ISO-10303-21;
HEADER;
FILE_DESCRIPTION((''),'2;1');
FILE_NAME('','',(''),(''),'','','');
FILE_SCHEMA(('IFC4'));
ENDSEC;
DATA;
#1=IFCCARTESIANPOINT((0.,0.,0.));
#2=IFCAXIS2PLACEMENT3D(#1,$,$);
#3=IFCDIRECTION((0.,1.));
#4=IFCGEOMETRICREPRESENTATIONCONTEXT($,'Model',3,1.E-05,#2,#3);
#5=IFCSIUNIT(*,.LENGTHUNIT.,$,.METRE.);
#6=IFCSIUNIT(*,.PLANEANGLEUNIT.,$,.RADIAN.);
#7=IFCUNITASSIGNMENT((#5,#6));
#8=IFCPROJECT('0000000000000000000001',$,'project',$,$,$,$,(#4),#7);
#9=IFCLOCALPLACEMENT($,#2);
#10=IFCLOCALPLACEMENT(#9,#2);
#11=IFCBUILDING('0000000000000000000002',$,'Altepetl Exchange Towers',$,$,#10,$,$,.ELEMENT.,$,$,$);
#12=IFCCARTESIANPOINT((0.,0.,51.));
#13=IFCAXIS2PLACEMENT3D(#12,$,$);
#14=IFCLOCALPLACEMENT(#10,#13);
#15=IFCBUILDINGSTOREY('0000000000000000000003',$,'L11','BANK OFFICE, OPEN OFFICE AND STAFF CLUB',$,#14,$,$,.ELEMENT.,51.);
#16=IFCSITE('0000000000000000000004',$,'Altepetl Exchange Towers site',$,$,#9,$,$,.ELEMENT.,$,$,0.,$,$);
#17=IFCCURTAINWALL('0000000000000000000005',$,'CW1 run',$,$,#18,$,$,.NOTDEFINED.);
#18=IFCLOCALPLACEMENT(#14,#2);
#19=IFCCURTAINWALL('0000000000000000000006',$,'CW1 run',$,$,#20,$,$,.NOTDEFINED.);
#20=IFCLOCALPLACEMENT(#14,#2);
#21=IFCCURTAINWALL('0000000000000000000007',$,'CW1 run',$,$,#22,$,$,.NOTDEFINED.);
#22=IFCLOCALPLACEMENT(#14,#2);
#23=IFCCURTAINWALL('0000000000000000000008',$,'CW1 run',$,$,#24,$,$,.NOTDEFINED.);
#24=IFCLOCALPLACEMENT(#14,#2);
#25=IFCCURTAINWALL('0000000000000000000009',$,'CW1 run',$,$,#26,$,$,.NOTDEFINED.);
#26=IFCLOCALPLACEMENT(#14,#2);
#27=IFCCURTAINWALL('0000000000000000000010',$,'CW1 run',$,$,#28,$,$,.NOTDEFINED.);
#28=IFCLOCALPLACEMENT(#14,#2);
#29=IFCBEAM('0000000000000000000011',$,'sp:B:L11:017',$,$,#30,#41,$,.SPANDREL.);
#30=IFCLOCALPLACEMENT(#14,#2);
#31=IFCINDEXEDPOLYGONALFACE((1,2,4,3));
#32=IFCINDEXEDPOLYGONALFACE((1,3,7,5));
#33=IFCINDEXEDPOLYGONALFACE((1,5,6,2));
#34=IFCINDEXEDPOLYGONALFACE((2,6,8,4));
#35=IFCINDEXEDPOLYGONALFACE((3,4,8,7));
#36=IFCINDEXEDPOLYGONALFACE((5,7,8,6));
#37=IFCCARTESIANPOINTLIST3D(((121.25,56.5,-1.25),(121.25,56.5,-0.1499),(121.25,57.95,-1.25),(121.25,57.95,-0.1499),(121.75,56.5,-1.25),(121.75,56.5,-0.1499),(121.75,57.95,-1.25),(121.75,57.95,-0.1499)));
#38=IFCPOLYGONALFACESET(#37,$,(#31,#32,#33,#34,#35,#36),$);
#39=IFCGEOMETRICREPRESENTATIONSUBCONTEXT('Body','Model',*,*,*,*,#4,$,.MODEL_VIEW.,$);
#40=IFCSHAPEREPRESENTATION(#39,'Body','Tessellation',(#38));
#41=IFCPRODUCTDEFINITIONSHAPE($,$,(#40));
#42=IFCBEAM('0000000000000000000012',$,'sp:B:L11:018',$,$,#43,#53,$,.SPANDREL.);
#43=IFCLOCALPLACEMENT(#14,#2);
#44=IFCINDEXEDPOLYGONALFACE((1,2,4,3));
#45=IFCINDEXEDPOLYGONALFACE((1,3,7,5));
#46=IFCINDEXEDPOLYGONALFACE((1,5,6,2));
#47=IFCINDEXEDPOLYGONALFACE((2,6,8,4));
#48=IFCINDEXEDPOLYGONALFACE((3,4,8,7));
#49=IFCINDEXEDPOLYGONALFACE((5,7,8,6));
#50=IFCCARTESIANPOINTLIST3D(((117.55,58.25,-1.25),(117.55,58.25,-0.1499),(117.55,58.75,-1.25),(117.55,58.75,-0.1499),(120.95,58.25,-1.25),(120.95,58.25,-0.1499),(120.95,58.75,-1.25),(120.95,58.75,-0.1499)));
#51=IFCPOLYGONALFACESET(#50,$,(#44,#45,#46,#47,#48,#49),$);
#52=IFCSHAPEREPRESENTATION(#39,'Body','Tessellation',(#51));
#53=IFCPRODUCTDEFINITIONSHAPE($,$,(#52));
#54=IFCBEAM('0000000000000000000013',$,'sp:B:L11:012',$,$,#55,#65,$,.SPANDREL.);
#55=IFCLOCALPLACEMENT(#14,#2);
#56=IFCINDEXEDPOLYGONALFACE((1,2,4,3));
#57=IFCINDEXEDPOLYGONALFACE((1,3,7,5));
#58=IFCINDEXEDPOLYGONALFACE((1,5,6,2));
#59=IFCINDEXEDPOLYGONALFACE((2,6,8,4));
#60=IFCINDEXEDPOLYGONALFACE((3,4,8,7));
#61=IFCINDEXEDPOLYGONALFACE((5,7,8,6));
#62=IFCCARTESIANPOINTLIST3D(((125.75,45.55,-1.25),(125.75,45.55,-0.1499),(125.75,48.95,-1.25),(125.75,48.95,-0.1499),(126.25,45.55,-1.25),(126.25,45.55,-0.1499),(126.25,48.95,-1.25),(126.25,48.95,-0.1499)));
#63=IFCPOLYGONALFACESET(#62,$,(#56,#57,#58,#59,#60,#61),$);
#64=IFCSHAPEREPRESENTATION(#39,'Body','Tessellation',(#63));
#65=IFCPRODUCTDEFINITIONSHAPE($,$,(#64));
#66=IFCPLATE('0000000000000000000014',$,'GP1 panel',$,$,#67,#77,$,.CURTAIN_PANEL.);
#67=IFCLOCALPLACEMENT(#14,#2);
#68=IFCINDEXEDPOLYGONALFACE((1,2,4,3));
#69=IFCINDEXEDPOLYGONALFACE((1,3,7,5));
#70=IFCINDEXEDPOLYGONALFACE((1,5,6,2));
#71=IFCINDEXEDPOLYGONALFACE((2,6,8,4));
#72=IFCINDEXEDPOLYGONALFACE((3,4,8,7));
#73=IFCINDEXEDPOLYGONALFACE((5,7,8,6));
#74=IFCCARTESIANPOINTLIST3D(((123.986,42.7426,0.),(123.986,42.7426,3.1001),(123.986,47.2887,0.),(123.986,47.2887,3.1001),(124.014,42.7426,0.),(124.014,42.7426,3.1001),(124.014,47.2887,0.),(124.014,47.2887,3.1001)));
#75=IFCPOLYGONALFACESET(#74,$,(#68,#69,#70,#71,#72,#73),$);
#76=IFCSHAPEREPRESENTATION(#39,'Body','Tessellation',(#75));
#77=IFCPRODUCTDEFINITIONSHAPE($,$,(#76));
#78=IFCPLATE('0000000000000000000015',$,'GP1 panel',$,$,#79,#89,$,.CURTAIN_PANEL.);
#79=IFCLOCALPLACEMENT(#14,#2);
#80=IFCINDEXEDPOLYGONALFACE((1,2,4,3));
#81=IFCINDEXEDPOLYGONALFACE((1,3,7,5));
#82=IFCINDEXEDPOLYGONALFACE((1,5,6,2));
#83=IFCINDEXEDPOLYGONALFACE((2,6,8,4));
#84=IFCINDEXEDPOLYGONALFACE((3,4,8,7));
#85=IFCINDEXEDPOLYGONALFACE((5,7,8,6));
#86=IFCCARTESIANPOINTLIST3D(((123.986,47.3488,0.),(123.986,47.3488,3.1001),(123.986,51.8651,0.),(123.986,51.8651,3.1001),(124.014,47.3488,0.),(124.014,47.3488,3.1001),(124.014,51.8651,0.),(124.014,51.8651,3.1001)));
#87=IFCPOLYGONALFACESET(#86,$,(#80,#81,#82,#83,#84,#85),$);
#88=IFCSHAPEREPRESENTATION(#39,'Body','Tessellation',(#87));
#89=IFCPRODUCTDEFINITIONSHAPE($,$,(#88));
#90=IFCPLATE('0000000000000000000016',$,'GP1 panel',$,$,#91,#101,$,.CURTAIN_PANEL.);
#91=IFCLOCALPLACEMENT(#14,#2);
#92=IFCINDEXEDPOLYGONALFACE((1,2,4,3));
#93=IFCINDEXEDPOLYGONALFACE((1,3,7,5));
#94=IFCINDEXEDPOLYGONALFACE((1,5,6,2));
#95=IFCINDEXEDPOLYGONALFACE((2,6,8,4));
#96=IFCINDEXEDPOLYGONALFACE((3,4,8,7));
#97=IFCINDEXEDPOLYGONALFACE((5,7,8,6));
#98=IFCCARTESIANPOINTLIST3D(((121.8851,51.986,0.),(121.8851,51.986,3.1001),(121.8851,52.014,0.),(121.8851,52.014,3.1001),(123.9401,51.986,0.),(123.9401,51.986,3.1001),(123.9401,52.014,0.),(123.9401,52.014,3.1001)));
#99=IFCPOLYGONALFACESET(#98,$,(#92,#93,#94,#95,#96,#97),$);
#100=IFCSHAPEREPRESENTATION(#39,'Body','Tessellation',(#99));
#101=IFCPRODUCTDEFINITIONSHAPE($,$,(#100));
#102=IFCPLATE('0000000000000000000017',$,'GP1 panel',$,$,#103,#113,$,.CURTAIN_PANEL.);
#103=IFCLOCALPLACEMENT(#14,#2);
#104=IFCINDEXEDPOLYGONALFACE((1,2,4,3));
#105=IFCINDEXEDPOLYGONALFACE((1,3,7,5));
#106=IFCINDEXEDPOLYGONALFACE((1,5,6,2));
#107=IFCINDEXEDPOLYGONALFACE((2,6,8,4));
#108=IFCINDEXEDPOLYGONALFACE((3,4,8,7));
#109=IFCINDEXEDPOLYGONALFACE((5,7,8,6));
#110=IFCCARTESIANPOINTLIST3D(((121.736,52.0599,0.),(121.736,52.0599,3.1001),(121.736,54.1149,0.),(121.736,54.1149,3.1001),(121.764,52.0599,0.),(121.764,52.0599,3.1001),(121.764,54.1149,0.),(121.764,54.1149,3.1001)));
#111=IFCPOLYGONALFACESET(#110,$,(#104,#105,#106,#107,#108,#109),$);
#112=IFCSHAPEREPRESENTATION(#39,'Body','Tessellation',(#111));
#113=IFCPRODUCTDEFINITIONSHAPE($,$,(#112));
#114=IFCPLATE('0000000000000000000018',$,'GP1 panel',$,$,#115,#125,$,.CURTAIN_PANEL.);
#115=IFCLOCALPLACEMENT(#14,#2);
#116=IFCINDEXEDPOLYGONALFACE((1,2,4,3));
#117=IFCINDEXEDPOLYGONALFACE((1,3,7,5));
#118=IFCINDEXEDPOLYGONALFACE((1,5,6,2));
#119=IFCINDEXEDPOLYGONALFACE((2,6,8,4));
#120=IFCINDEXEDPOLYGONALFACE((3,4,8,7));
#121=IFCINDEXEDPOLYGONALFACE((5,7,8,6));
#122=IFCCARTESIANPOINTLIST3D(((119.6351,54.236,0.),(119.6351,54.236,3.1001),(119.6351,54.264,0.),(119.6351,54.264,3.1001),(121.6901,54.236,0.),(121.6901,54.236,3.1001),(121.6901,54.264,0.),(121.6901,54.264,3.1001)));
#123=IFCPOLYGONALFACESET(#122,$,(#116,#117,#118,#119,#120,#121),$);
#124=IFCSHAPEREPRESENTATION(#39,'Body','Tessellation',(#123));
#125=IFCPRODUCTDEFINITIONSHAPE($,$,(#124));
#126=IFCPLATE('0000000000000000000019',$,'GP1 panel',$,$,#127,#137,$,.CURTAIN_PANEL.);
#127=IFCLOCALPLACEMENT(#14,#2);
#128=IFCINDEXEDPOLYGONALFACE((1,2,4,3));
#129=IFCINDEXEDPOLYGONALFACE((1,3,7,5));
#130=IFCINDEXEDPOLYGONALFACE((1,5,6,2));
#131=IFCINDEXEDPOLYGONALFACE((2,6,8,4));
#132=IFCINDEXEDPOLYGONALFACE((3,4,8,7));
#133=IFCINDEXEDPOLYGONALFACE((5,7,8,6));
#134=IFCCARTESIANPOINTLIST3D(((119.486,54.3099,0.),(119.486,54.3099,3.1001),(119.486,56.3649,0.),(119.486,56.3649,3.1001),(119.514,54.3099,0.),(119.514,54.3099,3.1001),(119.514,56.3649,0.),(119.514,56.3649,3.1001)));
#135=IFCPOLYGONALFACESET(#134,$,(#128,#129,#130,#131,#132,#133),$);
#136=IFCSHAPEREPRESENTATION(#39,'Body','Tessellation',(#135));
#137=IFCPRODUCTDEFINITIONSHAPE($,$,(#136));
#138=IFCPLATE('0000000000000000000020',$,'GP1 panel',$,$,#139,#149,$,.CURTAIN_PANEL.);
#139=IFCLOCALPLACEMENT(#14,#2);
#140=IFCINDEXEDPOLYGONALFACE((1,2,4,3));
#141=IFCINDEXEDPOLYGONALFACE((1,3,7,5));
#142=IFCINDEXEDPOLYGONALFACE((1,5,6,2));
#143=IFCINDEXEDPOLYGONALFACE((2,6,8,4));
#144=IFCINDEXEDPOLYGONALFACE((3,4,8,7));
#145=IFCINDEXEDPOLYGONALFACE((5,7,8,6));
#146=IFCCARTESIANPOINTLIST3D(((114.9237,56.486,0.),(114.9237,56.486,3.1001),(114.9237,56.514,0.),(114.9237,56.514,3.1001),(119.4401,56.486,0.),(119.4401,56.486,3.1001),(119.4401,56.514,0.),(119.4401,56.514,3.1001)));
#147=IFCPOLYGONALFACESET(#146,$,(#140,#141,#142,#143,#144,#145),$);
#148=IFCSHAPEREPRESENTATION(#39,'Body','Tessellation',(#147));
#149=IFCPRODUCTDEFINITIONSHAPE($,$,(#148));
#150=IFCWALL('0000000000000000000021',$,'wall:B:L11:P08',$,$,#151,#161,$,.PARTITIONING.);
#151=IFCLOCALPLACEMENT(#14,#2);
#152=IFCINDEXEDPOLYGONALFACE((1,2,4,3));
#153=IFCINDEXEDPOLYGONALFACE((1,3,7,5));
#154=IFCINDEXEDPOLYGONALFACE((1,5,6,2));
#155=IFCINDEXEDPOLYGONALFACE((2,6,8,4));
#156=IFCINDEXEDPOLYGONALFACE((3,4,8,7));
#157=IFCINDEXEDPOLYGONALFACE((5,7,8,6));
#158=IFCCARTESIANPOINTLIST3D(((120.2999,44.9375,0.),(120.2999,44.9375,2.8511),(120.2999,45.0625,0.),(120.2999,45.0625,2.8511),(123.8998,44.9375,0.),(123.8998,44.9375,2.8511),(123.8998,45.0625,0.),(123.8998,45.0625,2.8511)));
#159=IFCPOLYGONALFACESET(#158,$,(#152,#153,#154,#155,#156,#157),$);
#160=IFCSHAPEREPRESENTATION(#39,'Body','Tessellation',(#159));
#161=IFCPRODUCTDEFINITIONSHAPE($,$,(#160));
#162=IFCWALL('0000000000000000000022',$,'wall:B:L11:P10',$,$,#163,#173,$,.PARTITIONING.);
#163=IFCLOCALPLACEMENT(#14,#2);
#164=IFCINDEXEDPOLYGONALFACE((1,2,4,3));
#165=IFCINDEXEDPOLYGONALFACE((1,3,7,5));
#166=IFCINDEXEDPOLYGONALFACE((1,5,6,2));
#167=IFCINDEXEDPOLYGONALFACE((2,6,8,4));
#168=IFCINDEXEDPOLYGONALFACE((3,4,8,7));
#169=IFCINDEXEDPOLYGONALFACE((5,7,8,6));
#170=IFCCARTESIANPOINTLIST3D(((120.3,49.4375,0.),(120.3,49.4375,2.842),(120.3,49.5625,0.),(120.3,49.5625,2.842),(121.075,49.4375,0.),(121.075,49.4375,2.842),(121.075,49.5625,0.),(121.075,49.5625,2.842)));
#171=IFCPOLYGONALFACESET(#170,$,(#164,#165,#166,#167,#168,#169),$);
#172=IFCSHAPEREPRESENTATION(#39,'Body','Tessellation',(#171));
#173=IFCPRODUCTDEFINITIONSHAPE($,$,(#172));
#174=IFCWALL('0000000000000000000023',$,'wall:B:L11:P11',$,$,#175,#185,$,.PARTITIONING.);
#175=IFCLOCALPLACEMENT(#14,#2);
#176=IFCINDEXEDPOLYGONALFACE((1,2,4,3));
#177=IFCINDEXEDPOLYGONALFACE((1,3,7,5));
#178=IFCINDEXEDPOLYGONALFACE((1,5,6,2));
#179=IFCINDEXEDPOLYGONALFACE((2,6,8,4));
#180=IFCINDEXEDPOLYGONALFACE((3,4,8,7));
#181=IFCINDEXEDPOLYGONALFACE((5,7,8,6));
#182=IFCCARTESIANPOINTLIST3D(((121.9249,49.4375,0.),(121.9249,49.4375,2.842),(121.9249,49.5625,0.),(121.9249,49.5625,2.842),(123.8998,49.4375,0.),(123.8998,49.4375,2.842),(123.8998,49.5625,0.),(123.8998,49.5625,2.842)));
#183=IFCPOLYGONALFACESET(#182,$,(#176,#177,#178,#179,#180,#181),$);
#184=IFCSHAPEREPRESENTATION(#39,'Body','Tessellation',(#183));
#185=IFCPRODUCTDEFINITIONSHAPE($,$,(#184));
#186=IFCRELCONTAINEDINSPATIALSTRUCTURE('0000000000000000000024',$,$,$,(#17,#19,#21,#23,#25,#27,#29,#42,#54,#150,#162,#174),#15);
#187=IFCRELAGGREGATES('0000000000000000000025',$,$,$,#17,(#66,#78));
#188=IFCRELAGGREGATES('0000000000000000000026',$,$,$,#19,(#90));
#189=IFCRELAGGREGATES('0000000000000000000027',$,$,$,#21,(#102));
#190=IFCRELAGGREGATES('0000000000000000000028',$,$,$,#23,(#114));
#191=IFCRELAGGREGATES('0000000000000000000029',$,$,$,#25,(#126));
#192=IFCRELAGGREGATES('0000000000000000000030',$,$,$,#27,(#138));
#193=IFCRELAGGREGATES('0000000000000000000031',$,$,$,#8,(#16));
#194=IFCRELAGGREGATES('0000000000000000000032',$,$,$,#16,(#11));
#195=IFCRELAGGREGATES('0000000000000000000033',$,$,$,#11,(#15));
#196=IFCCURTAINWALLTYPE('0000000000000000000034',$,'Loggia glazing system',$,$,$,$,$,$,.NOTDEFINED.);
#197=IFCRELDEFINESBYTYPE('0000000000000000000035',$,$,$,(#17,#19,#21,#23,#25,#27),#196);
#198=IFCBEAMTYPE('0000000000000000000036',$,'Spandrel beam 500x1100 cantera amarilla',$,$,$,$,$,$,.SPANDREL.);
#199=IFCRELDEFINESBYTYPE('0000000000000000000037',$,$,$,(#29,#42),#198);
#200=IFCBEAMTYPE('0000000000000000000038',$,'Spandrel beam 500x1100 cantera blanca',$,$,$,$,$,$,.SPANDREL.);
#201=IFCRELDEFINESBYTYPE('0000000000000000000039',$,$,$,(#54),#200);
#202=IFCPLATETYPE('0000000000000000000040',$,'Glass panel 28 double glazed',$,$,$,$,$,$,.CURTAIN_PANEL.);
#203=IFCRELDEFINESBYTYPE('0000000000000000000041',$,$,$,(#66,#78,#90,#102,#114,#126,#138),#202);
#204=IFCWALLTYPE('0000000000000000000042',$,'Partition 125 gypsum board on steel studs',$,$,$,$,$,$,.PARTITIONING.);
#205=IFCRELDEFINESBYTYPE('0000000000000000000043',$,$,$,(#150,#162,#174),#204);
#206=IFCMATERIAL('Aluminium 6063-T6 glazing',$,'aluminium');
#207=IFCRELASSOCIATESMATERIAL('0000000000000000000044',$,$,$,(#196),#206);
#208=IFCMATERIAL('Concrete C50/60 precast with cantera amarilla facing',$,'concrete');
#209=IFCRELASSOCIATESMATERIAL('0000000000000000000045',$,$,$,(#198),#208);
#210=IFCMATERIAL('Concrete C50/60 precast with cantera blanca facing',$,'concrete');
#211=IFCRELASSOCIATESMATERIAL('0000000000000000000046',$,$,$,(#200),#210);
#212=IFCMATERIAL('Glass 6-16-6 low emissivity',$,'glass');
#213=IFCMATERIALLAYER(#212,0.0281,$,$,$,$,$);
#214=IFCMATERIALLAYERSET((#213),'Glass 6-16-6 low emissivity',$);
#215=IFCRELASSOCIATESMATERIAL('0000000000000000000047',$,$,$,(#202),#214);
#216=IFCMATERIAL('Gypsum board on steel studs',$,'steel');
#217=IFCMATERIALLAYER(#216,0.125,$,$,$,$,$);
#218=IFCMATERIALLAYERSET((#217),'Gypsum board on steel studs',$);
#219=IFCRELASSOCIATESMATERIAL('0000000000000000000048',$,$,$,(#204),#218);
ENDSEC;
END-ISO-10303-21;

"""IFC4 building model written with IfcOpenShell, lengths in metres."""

from ifc_helpers import new_model, si_unit, direction, frame, frame_2d, origin, origin_2d, place, context, subcontext, project, spatial, rectangle, extrude, material, layer, layer_set, material_profile, profile_set, type_object, element, aggregate, save


model = new_model("IFC4")

# Units and contexts
model_context = context("Model", 3, precision=1e-05, world=origin(), true_north=direction((0.0, 1.0)))
body_context = subcontext(model_context, "Body", "Model", "MODEL_VIEW")
ifc_project = project(units=[si_unit("LENGTHUNIT", "METRE"), si_unit("PLANEANGLEUNIT", "RADIAN")], contexts=[model_context])

# Site, building, storey
site_placement = place(None, origin())
site = spatial("IfcSite", under=ifc_project, at=site_placement, Name="Altepetl Exchange Towers site", CompositionType="ELEMENT", RefElevation=0.0)
building_placement = place(site_placement, origin())
building = spatial("IfcBuilding", under=site, at=building_placement, Name="Altepetl Exchange Towers", CompositionType="ELEMENT")
storey_placement = place(building_placement, frame((0.0, 0.0, 51.0)))
storey = spatial("IfcBuildingStorey", under=building, at=storey_placement, Name="L11", Description="BANK OFFICE, OPEN OFFICE AND STAFF CLUB", CompositionType="ELEMENT", Elevation=51.0)

# Curtain walls
ifc_material_1 = material(Name="Aluminium 6063-T6 glazing", Category="aluminium")
curtain_wall_type = type_object("IfcCurtainWallType", Name="Loggia glazing system", PredefinedType="NOTDEFINED", material=ifc_material_1)
curtain_wall_1_placement = place(storey_placement, origin())
curtain_wall_1 = element("IfcCurtainWall", 1, at=curtain_wall_1_placement, inside=storey, type_object=curtain_wall_type, Name="CW1 run", PredefinedType="NOTDEFINED")
curtain_wall_2_placement = place(storey_placement, origin())
curtain_wall_2 = element("IfcCurtainWall", 2, at=curtain_wall_2_placement, inside=storey, type_object=curtain_wall_type, Name="CW1 run", PredefinedType="NOTDEFINED")
curtain_wall_3_placement = place(storey_placement, origin())
curtain_wall_3 = element("IfcCurtainWall", 3, at=curtain_wall_3_placement, inside=storey, type_object=curtain_wall_type, Name="CW1 run", PredefinedType="NOTDEFINED")
curtain_wall_4_placement = place(storey_placement, origin())
curtain_wall_4 = element("IfcCurtainWall", 4, at=curtain_wall_4_placement, inside=storey, type_object=curtain_wall_type, Name="CW1 run", PredefinedType="NOTDEFINED")
curtain_wall_5_placement = place(storey_placement, origin())
curtain_wall_5 = element("IfcCurtainWall", 5, at=curtain_wall_5_placement, inside=storey, type_object=curtain_wall_type, Name="CW1 run", PredefinedType="NOTDEFINED")

# Curtain wall
curtain_wall_6_placement = place(storey_placement, origin())
curtain_wall_6 = element("IfcCurtainWall", 6, at=curtain_wall_6_placement, inside=storey, type_object=curtain_wall_type, Name="CW1 run", PredefinedType="NOTDEFINED")

# Beams
ifc_material_2 = material(Name="Concrete C50/60 precast with cantera amarilla facing", Category="concrete")
ifc_material_profile_1 = material_profile(ifc_material_2, rectangle(XDim=0.5, YDim=1.1001, at=origin_2d()), Name="500 x 1100")
ifc_profile_set_1 = profile_set([ifc_material_profile_1], Name="Concrete C50/60 precast with cantera amarilla facing")
beam_type_1 = type_object("IfcBeamType", Name="Spandrel beam 500x1100 cantera amarilla", PredefinedType="SPANDREL", material=ifc_profile_set_1)
beam_1_placement = place(storey_placement, frame((121.5, 56.5, -0.7), z_axis=(0.0, 1.0, 0.0), x_axis=(-1.0, 0.0, 0.0)))
element("IfcBeam", 7, at=beam_1_placement, inside=storey, type_object=beam_type_1, Name="sp:B:L11:017", PredefinedType="SPANDREL", context=body_context, shape_type="SweptSolid", body=[
    extrude(rectangle(XDim=0.5, YDim=1.1001, at=origin_2d()), origin(), (0.0, 0.0, 1.0), 1.45),
])
beam_2_placement = place(storey_placement, frame((120.95, 58.5, -0.7), z_axis=(-1.0, 0.0, 0.0), x_axis=(0.0, -1.0, 0.0)))
element("IfcBeam", 8, at=beam_2_placement, inside=storey, type_object=beam_type_1, Name="sp:B:L11:018", PredefinedType="SPANDREL", context=body_context, shape_type="SweptSolid", body=[
    extrude(rectangle(XDim=0.5, YDim=1.1001, at=origin_2d()), origin(), (0.0, 0.0, 1.0), 3.3999),
])
ifc_material_3 = material(Name="Concrete C50/60 precast with cantera blanca facing", Category="concrete")
ifc_material_profile_2 = material_profile(ifc_material_3, rectangle(XDim=0.5, YDim=1.1001, at=origin_2d()), Name="500 x 1100")
ifc_profile_set_2 = profile_set([ifc_material_profile_2], Name="Concrete C50/60 precast with cantera blanca facing")
beam_type_2 = type_object("IfcBeamType", Name="Spandrel beam 500x1100 cantera blanca", PredefinedType="SPANDREL", material=ifc_profile_set_2)
beam_3_placement = place(storey_placement, frame((126.0, 45.55, -0.7), z_axis=(0.0, 1.0, 0.0), x_axis=(-1.0, 0.0, 0.0)))
element("IfcBeam", 9, at=beam_3_placement, inside=storey, type_object=beam_type_2, Name="sp:B:L11:012", PredefinedType="SPANDREL", context=body_context, shape_type="SweptSolid", body=[
    extrude(rectangle(XDim=0.5, YDim=1.1001, at=origin_2d()), origin(), (0.0, 0.0, 1.0), 3.3999),
])

# Plates
ifc_material_4 = material(Name="Glass 6-16-6 low emissivity", Category="glass")
ifc_layer_1 = layer(ifc_material_4, 0.0281)
ifc_layer_set_1 = layer_set([ifc_layer_1], Name="Glass 6-16-6 low emissivity")
plate_type = type_object("IfcPlateType", Name="Glass panel 28 double glazed", PredefinedType="CURTAIN_PANEL", material=ifc_layer_set_1)
plate_1_placement = place(storey_placement, frame((124.0, 45.0156, 0.0), z_axis=(0.0, 0.0, 1.0), x_axis=(0.0, 1.0, 0.0)))
plate_1 = element("IfcPlate", 10, at=plate_1_placement, type_object=plate_type, Name="GP1 panel", PredefinedType="CURTAIN_PANEL", context=body_context, shape_type="SweptSolid", body=[
    extrude(rectangle(XDim=4.5461, YDim=0.0281, at=origin_2d()), origin(), (0.0, 0.0, 1.0), 3.1001),
])
plate_2_placement = place(storey_placement, frame((124.0, 49.6069, 0.0), z_axis=(0.0, 0.0, 1.0), x_axis=(0.0, 1.0, 0.0)))
plate_2 = element("IfcPlate", 11, at=plate_2_placement, type_object=plate_type, Name="GP1 panel", PredefinedType="CURTAIN_PANEL", context=body_context, shape_type="SweptSolid", body=[
    extrude(rectangle(XDim=4.5164, YDim=0.0281, at=origin_2d()), origin(), (0.0, 0.0, 1.0), 3.1001),
])
aggregate(curtain_wall_1, [plate_1, plate_2])
plate_3_placement = place(storey_placement, frame((122.9126, 52.0, 0.0), z_axis=(0.0, 0.0, 1.0), x_axis=(-1.0, 0.0, 0.0)))
plate_3 = element("IfcPlate", 12, at=plate_3_placement, type_object=plate_type, Name="GP1 panel", PredefinedType="CURTAIN_PANEL", context=body_context, shape_type="SweptSolid", body=[
    extrude(rectangle(XDim=2.0549, YDim=0.0281, at=origin_2d()), origin(), (0.0, 0.0, 1.0), 3.1001),
])
aggregate(curtain_wall_2, [plate_3])
plate_4_placement = place(storey_placement, frame((121.75, 53.0874, 0.0), z_axis=(0.0, 0.0, 1.0), x_axis=(0.0, 1.0, 0.0)))
plate_4 = element("IfcPlate", 13, at=plate_4_placement, type_object=plate_type, Name="GP1 panel", PredefinedType="CURTAIN_PANEL", context=body_context, shape_type="SweptSolid", body=[
    extrude(rectangle(XDim=2.0549, YDim=0.0281, at=origin_2d()), origin(), (0.0, 0.0, 1.0), 3.1001),
])
aggregate(curtain_wall_3, [plate_4])
plate_5_placement = place(storey_placement, frame((120.6626, 54.25, 0.0), z_axis=(0.0, 0.0, 1.0), x_axis=(-1.0, 0.0, 0.0)))
plate_5 = element("IfcPlate", 14, at=plate_5_placement, type_object=plate_type, Name="GP1 panel", PredefinedType="CURTAIN_PANEL", context=body_context, shape_type="SweptSolid", body=[
    extrude(rectangle(XDim=2.0549, YDim=0.0281, at=origin_2d()), origin(), (0.0, 0.0, 1.0), 3.1001),
])
aggregate(curtain_wall_4, [plate_5])
plate_6_placement = place(storey_placement, frame((119.5, 55.3374, 0.0), z_axis=(0.0, 0.0, 1.0), x_axis=(0.0, 1.0, 0.0)))
plate_6 = element("IfcPlate", 15, at=plate_6_placement, type_object=plate_type, Name="GP1 panel", PredefinedType="CURTAIN_PANEL", context=body_context, shape_type="SweptSolid", body=[
    extrude(rectangle(XDim=2.0549, YDim=0.0281, at=origin_2d()), origin(), (0.0, 0.0, 1.0), 3.1001),
])
aggregate(curtain_wall_5, [plate_6])
plate_7_placement = place(storey_placement, frame((117.1819, 56.5, 0.0), z_axis=(0.0, 0.0, 1.0), x_axis=(-1.0, 0.0, 0.0)))
plate_7 = element("IfcPlate", 16, at=plate_7_placement, type_object=plate_type, Name="GP1 panel", PredefinedType="CURTAIN_PANEL", context=body_context, shape_type="SweptSolid", body=[
    extrude(rectangle(XDim=4.5164, YDim=0.0281, at=origin_2d()), origin(), (0.0, 0.0, 1.0), 3.1001),
])
aggregate(curtain_wall_6, [plate_7])

# Walls
ifc_material_5 = material(Name="Gypsum board on steel studs", Category="steel")
ifc_layer_2 = layer(ifc_material_5, 0.125)
ifc_layer_set_2 = layer_set([ifc_layer_2], Name="Gypsum board on steel studs")
wall_type = type_object("IfcWallType", Name="Partition 125 gypsum board on steel studs", PredefinedType="PARTITIONING", material=ifc_layer_set_2)
wall_1_placement = place(storey_placement, frame((120.3, 45.0, 0.0)))
element("IfcWall", 17, at=wall_1_placement, inside=storey, type_object=wall_type, Name="wall:B:L11:P08", PredefinedType="PARTITIONING", context=body_context, shape_type="SweptSolid", body=[
    extrude(rectangle(XDim=3.5999, YDim=0.125, at=frame_2d((1.7998, 0.0))), origin(), (0.0, 0.0, 1.0), 2.8511),
])
wall_2_placement = place(storey_placement, frame((120.3, 49.5, 0.0)))
element("IfcWall", 18, at=wall_2_placement, inside=storey, type_object=wall_type, Name="wall:B:L11:P10", PredefinedType="PARTITIONING", context=body_context, shape_type="SweptSolid", body=[
    extrude(rectangle(XDim=0.7749, YDim=0.125, at=frame_2d((0.3875, 0.0))), origin(), (0.0, 0.0, 1.0), 2.842),
])
wall_3_placement = place(storey_placement, frame((121.925, 49.5, 0.0)))
element("IfcWall", 19, at=wall_3_placement, inside=storey, type_object=wall_type, Name="wall:B:L11:P11", PredefinedType="PARTITIONING", context=body_context, shape_type="SweptSolid", body=[
    extrude(rectangle(XDim=1.9749, YDim=0.125, at=frame_2d((0.9873, 0.0))), origin(), (0.0, 0.0, 1.0), 2.842),
])

save(model, "model.ifc")
